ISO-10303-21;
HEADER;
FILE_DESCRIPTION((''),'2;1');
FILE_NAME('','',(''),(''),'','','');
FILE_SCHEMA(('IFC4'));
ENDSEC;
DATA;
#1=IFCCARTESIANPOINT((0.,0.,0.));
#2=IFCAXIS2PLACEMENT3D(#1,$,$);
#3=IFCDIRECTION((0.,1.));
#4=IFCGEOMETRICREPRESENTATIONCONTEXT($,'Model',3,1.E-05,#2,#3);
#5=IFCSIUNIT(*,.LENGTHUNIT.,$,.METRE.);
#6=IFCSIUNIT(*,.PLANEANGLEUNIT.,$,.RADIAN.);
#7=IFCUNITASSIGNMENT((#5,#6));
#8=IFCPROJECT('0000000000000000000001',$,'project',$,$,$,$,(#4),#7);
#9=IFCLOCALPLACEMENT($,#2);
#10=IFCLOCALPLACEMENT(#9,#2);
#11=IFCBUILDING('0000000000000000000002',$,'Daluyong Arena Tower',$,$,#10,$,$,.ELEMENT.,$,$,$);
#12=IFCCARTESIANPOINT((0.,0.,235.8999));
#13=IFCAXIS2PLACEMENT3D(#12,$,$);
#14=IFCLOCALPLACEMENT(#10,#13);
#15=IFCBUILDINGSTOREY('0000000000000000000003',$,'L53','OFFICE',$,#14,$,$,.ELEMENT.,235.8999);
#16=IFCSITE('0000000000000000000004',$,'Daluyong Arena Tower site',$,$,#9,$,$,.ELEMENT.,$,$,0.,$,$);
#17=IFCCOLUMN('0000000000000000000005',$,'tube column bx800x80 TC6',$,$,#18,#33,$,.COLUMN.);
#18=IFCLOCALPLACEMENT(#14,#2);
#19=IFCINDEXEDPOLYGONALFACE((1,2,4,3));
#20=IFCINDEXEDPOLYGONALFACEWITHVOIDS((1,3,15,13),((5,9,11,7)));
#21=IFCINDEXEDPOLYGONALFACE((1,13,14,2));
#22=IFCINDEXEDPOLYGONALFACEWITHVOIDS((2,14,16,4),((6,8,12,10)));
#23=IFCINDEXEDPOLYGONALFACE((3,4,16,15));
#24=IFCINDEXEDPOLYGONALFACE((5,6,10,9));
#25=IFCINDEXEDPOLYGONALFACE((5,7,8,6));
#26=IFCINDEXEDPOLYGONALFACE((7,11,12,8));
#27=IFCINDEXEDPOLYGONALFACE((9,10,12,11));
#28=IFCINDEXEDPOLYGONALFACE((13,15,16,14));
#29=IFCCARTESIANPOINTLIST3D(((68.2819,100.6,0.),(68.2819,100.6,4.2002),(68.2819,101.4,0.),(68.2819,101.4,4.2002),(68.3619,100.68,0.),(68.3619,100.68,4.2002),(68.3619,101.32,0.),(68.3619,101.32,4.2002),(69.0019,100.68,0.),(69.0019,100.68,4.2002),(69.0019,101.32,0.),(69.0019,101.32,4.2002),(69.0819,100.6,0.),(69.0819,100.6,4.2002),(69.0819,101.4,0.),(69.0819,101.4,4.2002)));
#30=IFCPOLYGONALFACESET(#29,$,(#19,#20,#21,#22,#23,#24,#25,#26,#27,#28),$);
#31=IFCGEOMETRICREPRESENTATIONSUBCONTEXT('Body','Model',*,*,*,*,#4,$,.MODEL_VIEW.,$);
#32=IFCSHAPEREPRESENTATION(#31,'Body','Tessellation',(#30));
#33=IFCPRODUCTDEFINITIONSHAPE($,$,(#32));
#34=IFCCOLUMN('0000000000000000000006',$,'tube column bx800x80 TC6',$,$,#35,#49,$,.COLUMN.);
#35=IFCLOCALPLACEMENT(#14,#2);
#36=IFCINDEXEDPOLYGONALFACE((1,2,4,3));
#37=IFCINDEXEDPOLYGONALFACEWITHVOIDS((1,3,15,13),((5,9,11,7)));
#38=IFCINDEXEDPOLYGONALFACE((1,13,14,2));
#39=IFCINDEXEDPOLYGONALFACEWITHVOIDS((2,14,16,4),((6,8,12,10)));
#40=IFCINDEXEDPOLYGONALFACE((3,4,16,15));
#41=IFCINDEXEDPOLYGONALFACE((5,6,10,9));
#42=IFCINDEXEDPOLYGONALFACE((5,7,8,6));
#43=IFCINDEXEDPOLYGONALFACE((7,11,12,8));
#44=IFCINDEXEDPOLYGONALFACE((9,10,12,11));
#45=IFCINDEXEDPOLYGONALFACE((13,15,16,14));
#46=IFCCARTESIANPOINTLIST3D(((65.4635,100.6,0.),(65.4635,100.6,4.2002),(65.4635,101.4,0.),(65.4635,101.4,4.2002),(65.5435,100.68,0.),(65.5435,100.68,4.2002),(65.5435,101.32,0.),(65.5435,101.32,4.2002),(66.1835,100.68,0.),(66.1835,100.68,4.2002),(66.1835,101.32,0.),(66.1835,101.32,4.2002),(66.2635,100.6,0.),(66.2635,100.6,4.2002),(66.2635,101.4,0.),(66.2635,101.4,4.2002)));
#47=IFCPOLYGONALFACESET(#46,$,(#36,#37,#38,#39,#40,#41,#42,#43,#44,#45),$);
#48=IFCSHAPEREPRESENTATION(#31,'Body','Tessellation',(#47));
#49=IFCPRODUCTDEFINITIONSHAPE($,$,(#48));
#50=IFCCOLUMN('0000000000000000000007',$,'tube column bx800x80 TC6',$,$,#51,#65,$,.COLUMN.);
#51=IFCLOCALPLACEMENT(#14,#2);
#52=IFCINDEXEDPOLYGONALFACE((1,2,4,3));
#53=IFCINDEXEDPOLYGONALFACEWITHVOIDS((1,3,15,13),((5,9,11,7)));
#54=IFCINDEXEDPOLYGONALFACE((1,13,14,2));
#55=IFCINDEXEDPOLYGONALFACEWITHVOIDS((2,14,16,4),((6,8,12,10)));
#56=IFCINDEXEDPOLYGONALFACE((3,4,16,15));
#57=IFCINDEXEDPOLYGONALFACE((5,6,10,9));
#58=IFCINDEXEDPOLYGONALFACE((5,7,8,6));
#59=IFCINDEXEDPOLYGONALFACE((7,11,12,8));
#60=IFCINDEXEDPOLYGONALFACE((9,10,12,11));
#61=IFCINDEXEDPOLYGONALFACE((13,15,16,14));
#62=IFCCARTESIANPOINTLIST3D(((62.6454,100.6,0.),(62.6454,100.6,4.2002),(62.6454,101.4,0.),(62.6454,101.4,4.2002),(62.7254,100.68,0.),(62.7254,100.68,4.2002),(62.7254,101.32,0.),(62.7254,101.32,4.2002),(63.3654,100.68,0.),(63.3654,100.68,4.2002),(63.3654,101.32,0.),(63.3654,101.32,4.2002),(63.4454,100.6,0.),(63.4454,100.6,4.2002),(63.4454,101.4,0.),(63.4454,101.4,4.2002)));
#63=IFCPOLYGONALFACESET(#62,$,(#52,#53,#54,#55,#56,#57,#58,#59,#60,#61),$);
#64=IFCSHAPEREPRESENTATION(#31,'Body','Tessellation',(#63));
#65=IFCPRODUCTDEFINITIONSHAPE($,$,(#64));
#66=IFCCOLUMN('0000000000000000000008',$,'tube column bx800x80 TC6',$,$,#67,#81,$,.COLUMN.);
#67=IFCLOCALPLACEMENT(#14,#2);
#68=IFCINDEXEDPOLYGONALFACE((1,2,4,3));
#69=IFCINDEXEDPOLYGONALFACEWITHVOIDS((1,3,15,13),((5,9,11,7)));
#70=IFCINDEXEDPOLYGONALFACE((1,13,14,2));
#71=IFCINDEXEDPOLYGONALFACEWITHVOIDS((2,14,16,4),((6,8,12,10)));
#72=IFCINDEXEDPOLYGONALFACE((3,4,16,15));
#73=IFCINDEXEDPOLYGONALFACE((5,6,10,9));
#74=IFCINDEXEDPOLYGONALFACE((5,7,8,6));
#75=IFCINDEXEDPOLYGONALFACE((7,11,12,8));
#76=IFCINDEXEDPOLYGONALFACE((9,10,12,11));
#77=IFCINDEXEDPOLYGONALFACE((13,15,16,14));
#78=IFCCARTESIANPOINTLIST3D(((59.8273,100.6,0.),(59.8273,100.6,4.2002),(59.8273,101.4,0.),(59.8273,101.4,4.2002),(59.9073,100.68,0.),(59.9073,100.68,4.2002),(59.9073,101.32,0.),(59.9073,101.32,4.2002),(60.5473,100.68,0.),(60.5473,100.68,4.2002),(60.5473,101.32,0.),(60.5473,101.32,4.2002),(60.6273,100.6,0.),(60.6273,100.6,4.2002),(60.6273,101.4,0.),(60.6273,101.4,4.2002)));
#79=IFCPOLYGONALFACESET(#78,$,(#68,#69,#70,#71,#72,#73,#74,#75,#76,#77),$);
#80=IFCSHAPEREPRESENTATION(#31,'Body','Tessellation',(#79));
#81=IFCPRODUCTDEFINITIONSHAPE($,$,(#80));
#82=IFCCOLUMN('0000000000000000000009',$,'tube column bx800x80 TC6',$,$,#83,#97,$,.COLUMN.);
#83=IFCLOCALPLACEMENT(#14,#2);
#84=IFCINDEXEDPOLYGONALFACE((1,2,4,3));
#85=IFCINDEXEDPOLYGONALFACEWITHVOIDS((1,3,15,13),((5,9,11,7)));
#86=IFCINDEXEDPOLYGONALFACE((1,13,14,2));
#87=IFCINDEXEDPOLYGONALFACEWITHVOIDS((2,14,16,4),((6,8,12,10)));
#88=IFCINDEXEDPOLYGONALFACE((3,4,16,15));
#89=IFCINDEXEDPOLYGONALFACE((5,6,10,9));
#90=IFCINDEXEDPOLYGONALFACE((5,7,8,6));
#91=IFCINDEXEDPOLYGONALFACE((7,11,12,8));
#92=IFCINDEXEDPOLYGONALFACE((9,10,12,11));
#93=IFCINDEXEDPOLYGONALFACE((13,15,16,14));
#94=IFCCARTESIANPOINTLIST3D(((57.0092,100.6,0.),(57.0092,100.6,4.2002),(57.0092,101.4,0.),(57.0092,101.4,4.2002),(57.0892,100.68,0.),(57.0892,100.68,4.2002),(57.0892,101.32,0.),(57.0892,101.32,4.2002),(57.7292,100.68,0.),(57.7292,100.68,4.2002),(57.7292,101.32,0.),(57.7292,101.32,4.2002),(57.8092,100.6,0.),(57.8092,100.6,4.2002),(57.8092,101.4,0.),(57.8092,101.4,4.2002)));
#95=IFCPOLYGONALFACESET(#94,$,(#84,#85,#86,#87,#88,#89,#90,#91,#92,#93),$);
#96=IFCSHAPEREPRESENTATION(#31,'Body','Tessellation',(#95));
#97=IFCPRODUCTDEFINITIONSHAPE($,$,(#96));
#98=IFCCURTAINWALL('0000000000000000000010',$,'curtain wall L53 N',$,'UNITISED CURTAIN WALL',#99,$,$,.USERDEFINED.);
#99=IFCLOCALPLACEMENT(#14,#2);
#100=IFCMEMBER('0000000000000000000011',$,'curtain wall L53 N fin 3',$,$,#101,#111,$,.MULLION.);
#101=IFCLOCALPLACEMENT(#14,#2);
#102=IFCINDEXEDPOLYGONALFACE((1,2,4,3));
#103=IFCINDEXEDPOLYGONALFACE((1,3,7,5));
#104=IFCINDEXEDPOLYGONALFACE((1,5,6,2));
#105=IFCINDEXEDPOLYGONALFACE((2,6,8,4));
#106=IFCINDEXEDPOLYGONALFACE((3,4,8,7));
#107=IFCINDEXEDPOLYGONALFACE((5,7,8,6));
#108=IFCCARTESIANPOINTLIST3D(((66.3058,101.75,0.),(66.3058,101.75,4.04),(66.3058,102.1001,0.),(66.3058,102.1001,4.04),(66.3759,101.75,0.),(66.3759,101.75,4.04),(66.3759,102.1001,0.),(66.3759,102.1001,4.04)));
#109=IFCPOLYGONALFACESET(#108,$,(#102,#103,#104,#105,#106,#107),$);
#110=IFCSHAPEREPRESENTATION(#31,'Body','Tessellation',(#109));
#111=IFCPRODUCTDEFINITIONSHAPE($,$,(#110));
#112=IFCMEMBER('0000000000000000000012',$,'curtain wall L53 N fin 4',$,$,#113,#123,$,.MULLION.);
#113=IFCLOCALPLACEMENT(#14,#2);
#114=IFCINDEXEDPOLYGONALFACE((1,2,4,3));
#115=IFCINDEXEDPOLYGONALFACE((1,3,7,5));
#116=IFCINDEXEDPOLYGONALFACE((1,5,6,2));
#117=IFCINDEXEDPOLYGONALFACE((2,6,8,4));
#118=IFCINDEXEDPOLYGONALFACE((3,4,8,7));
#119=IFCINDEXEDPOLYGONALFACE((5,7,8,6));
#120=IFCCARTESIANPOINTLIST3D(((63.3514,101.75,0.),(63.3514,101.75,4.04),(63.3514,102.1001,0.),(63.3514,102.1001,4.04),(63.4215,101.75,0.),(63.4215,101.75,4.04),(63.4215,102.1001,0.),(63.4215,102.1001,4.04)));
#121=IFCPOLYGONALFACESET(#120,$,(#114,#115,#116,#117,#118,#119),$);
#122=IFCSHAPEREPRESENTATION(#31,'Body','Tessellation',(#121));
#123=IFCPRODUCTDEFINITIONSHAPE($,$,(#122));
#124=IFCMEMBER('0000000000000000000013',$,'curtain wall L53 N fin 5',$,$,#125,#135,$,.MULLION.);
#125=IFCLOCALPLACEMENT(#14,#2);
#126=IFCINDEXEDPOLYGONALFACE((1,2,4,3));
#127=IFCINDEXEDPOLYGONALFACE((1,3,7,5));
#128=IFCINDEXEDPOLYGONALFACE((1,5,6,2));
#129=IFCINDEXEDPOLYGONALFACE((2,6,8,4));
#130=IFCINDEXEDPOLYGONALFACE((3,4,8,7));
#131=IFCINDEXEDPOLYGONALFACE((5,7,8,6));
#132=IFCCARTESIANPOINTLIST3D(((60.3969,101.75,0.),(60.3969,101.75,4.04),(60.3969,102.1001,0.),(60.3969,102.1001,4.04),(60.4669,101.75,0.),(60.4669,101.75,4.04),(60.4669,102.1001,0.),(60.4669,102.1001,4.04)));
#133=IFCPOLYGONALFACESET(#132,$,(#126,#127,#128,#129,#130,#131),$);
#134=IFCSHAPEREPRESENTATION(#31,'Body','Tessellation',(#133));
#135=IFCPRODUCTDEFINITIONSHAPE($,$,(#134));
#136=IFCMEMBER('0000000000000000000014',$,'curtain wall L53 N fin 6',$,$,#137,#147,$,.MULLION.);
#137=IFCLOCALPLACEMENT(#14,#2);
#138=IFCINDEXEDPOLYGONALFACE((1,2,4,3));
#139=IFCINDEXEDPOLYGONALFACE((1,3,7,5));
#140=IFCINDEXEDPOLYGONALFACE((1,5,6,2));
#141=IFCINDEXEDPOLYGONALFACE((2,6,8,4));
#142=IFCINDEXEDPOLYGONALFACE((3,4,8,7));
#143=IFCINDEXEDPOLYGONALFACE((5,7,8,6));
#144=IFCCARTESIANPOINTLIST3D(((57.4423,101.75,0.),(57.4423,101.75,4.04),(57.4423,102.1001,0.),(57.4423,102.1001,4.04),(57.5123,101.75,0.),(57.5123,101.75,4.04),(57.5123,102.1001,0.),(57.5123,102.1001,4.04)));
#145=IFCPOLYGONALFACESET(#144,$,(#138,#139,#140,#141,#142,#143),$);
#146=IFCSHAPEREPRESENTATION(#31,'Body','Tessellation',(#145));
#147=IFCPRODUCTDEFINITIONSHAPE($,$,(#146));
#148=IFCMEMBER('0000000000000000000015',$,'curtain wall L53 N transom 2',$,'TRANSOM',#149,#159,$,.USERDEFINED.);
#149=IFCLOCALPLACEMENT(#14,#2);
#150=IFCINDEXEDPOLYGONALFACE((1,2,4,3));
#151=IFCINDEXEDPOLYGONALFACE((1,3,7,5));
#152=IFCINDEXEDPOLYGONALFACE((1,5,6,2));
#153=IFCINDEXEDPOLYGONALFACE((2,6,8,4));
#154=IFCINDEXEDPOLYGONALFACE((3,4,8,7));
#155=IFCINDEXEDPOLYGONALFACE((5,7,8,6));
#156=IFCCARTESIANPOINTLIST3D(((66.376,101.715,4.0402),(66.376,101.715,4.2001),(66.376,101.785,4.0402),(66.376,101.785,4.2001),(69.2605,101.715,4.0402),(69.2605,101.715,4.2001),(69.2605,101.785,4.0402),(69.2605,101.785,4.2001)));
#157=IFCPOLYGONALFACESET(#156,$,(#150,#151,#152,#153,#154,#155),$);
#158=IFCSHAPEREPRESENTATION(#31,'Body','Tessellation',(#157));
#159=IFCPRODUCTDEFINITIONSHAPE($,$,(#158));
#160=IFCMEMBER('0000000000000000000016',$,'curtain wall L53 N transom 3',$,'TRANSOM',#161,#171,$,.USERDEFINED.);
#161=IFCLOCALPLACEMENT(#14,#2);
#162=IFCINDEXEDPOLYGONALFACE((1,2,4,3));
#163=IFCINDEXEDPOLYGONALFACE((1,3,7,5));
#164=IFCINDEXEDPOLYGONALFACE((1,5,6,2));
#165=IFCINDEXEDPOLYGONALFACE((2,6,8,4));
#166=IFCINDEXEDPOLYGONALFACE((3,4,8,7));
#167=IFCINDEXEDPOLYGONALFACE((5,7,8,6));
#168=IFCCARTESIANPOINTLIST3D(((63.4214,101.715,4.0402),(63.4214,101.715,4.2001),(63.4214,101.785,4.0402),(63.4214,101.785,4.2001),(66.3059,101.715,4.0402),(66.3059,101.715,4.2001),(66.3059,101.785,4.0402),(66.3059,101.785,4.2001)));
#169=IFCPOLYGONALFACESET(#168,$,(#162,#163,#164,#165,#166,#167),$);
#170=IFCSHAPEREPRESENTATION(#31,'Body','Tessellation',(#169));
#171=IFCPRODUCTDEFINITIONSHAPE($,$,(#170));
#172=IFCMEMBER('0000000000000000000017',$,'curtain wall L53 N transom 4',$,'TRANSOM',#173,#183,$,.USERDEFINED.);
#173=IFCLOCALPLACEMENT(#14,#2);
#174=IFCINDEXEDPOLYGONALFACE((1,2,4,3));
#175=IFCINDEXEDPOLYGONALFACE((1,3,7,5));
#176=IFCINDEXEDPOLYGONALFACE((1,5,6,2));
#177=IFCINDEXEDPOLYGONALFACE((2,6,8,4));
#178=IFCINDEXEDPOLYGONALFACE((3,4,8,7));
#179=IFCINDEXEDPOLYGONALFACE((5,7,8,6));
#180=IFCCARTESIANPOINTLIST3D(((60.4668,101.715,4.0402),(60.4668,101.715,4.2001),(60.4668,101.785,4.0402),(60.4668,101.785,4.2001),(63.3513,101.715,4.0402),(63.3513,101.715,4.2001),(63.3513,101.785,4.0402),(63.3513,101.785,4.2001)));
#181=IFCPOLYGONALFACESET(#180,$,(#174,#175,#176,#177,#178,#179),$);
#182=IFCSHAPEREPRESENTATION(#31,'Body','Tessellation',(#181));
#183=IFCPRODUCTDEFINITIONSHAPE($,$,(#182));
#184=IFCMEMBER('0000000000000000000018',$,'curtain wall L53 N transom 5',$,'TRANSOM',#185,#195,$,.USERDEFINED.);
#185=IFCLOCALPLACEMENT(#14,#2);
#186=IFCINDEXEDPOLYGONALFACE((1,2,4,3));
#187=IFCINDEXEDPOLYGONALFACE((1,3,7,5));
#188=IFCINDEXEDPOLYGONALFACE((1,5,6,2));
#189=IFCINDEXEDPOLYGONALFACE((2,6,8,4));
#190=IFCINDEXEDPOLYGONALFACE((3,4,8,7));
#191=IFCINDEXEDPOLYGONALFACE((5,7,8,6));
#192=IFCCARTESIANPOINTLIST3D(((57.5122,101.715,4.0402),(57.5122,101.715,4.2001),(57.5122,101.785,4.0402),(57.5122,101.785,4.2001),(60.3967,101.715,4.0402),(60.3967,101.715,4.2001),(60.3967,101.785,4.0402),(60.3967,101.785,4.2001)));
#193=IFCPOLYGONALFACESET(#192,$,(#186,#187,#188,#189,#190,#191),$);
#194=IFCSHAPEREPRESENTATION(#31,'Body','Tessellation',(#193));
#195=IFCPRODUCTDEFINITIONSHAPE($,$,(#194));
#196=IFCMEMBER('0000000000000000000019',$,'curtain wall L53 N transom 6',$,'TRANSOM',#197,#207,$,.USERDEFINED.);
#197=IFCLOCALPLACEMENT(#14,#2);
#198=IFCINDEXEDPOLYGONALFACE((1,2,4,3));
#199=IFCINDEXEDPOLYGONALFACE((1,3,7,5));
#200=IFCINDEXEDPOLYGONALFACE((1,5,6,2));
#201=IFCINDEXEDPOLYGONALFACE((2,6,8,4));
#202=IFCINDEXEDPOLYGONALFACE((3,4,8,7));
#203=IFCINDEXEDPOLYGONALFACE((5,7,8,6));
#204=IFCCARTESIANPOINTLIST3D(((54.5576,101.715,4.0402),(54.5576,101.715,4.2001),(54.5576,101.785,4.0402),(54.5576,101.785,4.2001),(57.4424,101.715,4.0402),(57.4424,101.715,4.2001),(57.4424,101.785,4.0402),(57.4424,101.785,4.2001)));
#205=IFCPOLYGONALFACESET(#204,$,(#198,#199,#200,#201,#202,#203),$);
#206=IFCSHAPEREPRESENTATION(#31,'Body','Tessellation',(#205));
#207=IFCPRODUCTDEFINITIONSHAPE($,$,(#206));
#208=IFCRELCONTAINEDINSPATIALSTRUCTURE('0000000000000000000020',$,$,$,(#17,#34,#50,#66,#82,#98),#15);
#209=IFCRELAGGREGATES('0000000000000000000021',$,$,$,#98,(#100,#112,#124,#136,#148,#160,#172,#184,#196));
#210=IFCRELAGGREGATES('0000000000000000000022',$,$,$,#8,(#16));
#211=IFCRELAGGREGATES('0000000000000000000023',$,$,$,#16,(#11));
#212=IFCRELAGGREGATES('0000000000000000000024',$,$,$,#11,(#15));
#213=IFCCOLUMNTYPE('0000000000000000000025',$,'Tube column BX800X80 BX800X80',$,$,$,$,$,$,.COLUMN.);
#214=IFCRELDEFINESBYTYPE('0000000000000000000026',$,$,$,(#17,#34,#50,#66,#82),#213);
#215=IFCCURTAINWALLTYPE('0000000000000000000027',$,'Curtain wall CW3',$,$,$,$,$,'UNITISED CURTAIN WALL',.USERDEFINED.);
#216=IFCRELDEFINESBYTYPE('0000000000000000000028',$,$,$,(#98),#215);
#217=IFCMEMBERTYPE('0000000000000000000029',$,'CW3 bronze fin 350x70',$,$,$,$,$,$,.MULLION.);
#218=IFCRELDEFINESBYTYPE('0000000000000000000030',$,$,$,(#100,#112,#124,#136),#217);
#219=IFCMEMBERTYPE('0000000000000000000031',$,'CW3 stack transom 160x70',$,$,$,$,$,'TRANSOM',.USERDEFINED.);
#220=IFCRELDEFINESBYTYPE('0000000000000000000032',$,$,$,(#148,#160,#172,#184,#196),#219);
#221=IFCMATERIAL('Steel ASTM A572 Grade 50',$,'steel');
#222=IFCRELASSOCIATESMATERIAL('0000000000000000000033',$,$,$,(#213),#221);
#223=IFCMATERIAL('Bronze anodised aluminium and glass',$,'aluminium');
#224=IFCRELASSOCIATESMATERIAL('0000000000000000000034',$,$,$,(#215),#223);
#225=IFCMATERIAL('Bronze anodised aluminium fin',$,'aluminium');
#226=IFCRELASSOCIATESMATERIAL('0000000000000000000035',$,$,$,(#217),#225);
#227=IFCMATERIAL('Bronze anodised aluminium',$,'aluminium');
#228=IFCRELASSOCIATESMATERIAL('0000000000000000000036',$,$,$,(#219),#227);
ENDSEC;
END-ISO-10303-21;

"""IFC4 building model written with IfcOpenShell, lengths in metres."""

from ifc_helpers import new_model, si_unit, direction, frame, origin, origin_2d, place, context, subcontext, project, spatial, rectangle, hollow_rectangle, extrude, material, material_profile, profile_set, type_object, element, aggregate, save


model = new_model("IFC4")

# Units and contexts
model_context = context("Model", 3, precision=1e-05, world=origin(), true_north=direction((0.0, 1.0)))
body_context = subcontext(model_context, "Body", "Model", "MODEL_VIEW")
ifc_project = project(units=[si_unit("LENGTHUNIT", "METRE"), si_unit("PLANEANGLEUNIT", "RADIAN")], contexts=[model_context])

# Site, building, storey
site_placement = place(None, origin())
site = spatial("IfcSite", under=ifc_project, at=site_placement, Name="Daluyong Arena Tower site", CompositionType="ELEMENT", RefElevation=0.0)
building_placement = place(site_placement, origin())
building = spatial("IfcBuilding", under=site, at=building_placement, Name="Daluyong Arena Tower", CompositionType="ELEMENT")
storey_placement = place(building_placement, frame((0.0, 0.0, 235.8999)))
storey = spatial("IfcBuildingStorey", under=building, at=storey_placement, Name="L53", Description="OFFICE", CompositionType="ELEMENT", Elevation=235.8999)

# Columns
ifc_material_1 = material(Name="Steel ASTM A572 Grade 50", Category="steel")
ifc_material_profile_1 = material_profile(ifc_material_1, hollow_rectangle(XDim=0.8, YDim=0.8, WallThickness=0.08, at=origin_2d()))
ifc_profile_set_1 = profile_set([ifc_material_profile_1], Name="Steel ASTM A572 Grade 50")
column_type = type_object("IfcColumnType", Name="Tube column BX800X80 BX800X80", PredefinedType="COLUMN", material=ifc_profile_set_1)
for number, where, z_axis, x_axis, name in (
    (1, (68.6819, 101.0, 0.0), (0.0, 0.0, 1.0), (1.0, 0.0, 0.0), "tube column bx800x80 TC6"),
    (2, (65.8635, 101.0, 0.0), (0.0, 0.0, 1.0), (1.0, 0.0, 0.0), "tube column bx800x80 TC6"),
    (3, (63.0454, 101.0, 0.0), (0.0, 0.0, 1.0), (1.0, 0.0, 0.0), "tube column bx800x80 TC6"),
    (4, (60.2273, 101.0, 0.0), (0.0, 0.0, 1.0), (1.0, 0.0, 0.0), "tube column bx800x80 TC6"),
    (5, (57.4092, 101.0, 0.0), (0.0, 0.0, 1.0), (1.0, 0.0, 0.0), "tube column bx800x80 TC6"),
):
    element("IfcColumn", number, at=place(storey_placement, frame(where, z_axis=z_axis, x_axis=x_axis)), inside=storey, type_object=column_type, Name=name, PredefinedType="COLUMN", context=body_context, shape_type="SweptSolid", body=[
        extrude(hollow_rectangle(XDim=0.8, YDim=0.8, WallThickness=0.08, at=origin_2d()), origin(), (0.0, 0.0, 1.0), 4.2002),
    ])

# Curtain wall, members
ifc_material_2 = material(Name="Bronze anodised aluminium and glass", Category="aluminium")
curtain_wall_type = type_object("IfcCurtainWallType", Name="Curtain wall CW3", ElementType="UNITISED CURTAIN WALL", PredefinedType="USERDEFINED", material=ifc_material_2)
curtain_wall_placement = place(storey_placement, origin())
curtain_wall = element("IfcCurtainWall", 6, at=curtain_wall_placement, inside=storey, type_object=curtain_wall_type, Name="curtain wall L53 N", ObjectType="UNITISED CURTAIN WALL", PredefinedType="USERDEFINED")
ifc_material_3 = material(Name="Bronze anodised aluminium fin", Category="aluminium")
ifc_material_profile_2 = material_profile(ifc_material_3, rectangle(XDim=0.3501, YDim=0.0701, at=origin_2d()))
ifc_profile_set_2 = profile_set([ifc_material_profile_2], Name="Bronze anodised aluminium fin")
member_type_1 = type_object("IfcMemberType", Name="CW3 bronze fin 350x70", PredefinedType="MULLION", material=ifc_profile_set_2)
member_1_placement = place(storey_placement, frame((66.3408, 101.925, 0.0), z_axis=(0.0, 0.0, 1.0), x_axis=(0.0, -1.0, 0.0)))
member_1 = element("IfcMember", 7, at=member_1_placement, type_object=member_type_1, Name="curtain wall L53 N fin 3", PredefinedType="MULLION", context=body_context, shape_type="SweptSolid", body=[
    extrude(rectangle(XDim=0.3501, YDim=0.0701, at=origin_2d()), origin(), (0.0, 0.0, 1.0), 4.04),
])
member_2_placement = place(storey_placement, frame((63.3865, 101.925, 0.0), z_axis=(0.0, 0.0, 1.0), x_axis=(0.0, -1.0, 0.0)))
member_2 = element("IfcMember", 8, at=member_2_placement, type_object=member_type_1, Name="curtain wall L53 N fin 4", PredefinedType="MULLION", context=body_context, shape_type="SweptSolid", body=[
    extrude(rectangle(XDim=0.3501, YDim=0.0701, at=origin_2d()), origin(), (0.0, 0.0, 1.0), 4.04),
])
member_3_placement = place(storey_placement, frame((60.4319, 101.925, 0.0), z_axis=(0.0, 0.0, 1.0), x_axis=(0.0, -1.0, 0.0)))
member_3 = element("IfcMember", 9, at=member_3_placement, type_object=member_type_1, Name="curtain wall L53 N fin 5", PredefinedType="MULLION", context=body_context, shape_type="SweptSolid", body=[
    extrude(rectangle(XDim=0.3501, YDim=0.0701, at=origin_2d()), origin(), (0.0, 0.0, 1.0), 4.04),
])
member_4_placement = place(storey_placement, frame((57.4773, 101.925, 0.0), z_axis=(0.0, 0.0, 1.0), x_axis=(0.0, -1.0, 0.0)))
member_4 = element("IfcMember", 10, at=member_4_placement, type_object=member_type_1, Name="curtain wall L53 N fin 6", PredefinedType="MULLION", context=body_context, shape_type="SweptSolid", body=[
    extrude(rectangle(XDim=0.3501, YDim=0.0701, at=origin_2d()), origin(), (0.0, 0.0, 1.0), 4.04),
])
ifc_material_4 = material(Name="Bronze anodised aluminium", Category="aluminium")
ifc_material_profile_3 = material_profile(ifc_material_4, rectangle(XDim=0.0701, YDim=0.1599, at=origin_2d()))
ifc_profile_set_3 = profile_set([ifc_material_profile_3], Name="Bronze anodised aluminium")
member_type_2 = type_object("IfcMemberType", Name="CW3 stack transom 160x70", ElementType="TRANSOM", PredefinedType="USERDEFINED", material=ifc_profile_set_3)
member_5_placement = place(storey_placement, frame((69.2605, 101.75, 4.1201), z_axis=(-1.0, 0.0, 0.0), x_axis=(0.0, -1.0, 0.0)))
member_5 = element("IfcMember", 11, at=member_5_placement, type_object=member_type_2, Name="curtain wall L53 N transom 2", ObjectType="TRANSOM", PredefinedType="USERDEFINED", context=body_context, shape_type="SweptSolid", body=[
    extrude(rectangle(XDim=0.0701, YDim=0.1599, at=origin_2d()), origin(), (0.0, 0.0, 1.0), 2.8845),
])
member_6_placement = place(storey_placement, frame((66.3059, 101.75, 4.1201), z_axis=(-1.0, 0.0, 0.0), x_axis=(0.0, -1.0, 0.0)))
member_6 = element("IfcMember", 12, at=member_6_placement, type_object=member_type_2, Name="curtain wall L53 N transom 3", ObjectType="TRANSOM", PredefinedType="USERDEFINED", context=body_context, shape_type="SweptSolid", body=[
    extrude(rectangle(XDim=0.0701, YDim=0.1599, at=origin_2d()), origin(), (0.0, 0.0, 1.0), 2.8845),
])
member_7_placement = place(storey_placement, frame((63.3513, 101.75, 4.1201), z_axis=(-1.0, 0.0, 0.0), x_axis=(0.0, -1.0, 0.0)))
member_7 = element("IfcMember", 13, at=member_7_placement, type_object=member_type_2, Name="curtain wall L53 N transom 4", ObjectType="TRANSOM", PredefinedType="USERDEFINED", context=body_context, shape_type="SweptSolid", body=[
    extrude(rectangle(XDim=0.0701, YDim=0.1599, at=origin_2d()), origin(), (0.0, 0.0, 1.0), 2.8845),
])
member_8_placement = place(storey_placement, frame((60.3967, 101.75, 4.1201), z_axis=(-1.0, 0.0, 0.0), x_axis=(0.0, -1.0, 0.0)))
member_8 = element("IfcMember", 14, at=member_8_placement, type_object=member_type_2, Name="curtain wall L53 N transom 5", ObjectType="TRANSOM", PredefinedType="USERDEFINED", context=body_context, shape_type="SweptSolid", body=[
    extrude(rectangle(XDim=0.0701, YDim=0.1599, at=origin_2d()), origin(), (0.0, 0.0, 1.0), 2.8845),
])
member_9_placement = place(storey_placement, frame((57.4424, 101.75, 4.1201), z_axis=(-1.0, 0.0, 0.0), x_axis=(0.0, -1.0, 0.0)))
member_9 = element("IfcMember", 15, at=member_9_placement, type_object=member_type_2, Name="curtain wall L53 N transom 6", ObjectType="TRANSOM", PredefinedType="USERDEFINED", context=body_context, shape_type="SweptSolid", body=[
    extrude(rectangle(XDim=0.0701, YDim=0.1599, at=origin_2d()), origin(), (0.0, 0.0, 1.0), 2.8848),
])

aggregate(curtain_wall, [member_1, member_2, member_3, member_4, member_5, member_6, member_7, member_8, member_9])

save(model, "model.ifc")
